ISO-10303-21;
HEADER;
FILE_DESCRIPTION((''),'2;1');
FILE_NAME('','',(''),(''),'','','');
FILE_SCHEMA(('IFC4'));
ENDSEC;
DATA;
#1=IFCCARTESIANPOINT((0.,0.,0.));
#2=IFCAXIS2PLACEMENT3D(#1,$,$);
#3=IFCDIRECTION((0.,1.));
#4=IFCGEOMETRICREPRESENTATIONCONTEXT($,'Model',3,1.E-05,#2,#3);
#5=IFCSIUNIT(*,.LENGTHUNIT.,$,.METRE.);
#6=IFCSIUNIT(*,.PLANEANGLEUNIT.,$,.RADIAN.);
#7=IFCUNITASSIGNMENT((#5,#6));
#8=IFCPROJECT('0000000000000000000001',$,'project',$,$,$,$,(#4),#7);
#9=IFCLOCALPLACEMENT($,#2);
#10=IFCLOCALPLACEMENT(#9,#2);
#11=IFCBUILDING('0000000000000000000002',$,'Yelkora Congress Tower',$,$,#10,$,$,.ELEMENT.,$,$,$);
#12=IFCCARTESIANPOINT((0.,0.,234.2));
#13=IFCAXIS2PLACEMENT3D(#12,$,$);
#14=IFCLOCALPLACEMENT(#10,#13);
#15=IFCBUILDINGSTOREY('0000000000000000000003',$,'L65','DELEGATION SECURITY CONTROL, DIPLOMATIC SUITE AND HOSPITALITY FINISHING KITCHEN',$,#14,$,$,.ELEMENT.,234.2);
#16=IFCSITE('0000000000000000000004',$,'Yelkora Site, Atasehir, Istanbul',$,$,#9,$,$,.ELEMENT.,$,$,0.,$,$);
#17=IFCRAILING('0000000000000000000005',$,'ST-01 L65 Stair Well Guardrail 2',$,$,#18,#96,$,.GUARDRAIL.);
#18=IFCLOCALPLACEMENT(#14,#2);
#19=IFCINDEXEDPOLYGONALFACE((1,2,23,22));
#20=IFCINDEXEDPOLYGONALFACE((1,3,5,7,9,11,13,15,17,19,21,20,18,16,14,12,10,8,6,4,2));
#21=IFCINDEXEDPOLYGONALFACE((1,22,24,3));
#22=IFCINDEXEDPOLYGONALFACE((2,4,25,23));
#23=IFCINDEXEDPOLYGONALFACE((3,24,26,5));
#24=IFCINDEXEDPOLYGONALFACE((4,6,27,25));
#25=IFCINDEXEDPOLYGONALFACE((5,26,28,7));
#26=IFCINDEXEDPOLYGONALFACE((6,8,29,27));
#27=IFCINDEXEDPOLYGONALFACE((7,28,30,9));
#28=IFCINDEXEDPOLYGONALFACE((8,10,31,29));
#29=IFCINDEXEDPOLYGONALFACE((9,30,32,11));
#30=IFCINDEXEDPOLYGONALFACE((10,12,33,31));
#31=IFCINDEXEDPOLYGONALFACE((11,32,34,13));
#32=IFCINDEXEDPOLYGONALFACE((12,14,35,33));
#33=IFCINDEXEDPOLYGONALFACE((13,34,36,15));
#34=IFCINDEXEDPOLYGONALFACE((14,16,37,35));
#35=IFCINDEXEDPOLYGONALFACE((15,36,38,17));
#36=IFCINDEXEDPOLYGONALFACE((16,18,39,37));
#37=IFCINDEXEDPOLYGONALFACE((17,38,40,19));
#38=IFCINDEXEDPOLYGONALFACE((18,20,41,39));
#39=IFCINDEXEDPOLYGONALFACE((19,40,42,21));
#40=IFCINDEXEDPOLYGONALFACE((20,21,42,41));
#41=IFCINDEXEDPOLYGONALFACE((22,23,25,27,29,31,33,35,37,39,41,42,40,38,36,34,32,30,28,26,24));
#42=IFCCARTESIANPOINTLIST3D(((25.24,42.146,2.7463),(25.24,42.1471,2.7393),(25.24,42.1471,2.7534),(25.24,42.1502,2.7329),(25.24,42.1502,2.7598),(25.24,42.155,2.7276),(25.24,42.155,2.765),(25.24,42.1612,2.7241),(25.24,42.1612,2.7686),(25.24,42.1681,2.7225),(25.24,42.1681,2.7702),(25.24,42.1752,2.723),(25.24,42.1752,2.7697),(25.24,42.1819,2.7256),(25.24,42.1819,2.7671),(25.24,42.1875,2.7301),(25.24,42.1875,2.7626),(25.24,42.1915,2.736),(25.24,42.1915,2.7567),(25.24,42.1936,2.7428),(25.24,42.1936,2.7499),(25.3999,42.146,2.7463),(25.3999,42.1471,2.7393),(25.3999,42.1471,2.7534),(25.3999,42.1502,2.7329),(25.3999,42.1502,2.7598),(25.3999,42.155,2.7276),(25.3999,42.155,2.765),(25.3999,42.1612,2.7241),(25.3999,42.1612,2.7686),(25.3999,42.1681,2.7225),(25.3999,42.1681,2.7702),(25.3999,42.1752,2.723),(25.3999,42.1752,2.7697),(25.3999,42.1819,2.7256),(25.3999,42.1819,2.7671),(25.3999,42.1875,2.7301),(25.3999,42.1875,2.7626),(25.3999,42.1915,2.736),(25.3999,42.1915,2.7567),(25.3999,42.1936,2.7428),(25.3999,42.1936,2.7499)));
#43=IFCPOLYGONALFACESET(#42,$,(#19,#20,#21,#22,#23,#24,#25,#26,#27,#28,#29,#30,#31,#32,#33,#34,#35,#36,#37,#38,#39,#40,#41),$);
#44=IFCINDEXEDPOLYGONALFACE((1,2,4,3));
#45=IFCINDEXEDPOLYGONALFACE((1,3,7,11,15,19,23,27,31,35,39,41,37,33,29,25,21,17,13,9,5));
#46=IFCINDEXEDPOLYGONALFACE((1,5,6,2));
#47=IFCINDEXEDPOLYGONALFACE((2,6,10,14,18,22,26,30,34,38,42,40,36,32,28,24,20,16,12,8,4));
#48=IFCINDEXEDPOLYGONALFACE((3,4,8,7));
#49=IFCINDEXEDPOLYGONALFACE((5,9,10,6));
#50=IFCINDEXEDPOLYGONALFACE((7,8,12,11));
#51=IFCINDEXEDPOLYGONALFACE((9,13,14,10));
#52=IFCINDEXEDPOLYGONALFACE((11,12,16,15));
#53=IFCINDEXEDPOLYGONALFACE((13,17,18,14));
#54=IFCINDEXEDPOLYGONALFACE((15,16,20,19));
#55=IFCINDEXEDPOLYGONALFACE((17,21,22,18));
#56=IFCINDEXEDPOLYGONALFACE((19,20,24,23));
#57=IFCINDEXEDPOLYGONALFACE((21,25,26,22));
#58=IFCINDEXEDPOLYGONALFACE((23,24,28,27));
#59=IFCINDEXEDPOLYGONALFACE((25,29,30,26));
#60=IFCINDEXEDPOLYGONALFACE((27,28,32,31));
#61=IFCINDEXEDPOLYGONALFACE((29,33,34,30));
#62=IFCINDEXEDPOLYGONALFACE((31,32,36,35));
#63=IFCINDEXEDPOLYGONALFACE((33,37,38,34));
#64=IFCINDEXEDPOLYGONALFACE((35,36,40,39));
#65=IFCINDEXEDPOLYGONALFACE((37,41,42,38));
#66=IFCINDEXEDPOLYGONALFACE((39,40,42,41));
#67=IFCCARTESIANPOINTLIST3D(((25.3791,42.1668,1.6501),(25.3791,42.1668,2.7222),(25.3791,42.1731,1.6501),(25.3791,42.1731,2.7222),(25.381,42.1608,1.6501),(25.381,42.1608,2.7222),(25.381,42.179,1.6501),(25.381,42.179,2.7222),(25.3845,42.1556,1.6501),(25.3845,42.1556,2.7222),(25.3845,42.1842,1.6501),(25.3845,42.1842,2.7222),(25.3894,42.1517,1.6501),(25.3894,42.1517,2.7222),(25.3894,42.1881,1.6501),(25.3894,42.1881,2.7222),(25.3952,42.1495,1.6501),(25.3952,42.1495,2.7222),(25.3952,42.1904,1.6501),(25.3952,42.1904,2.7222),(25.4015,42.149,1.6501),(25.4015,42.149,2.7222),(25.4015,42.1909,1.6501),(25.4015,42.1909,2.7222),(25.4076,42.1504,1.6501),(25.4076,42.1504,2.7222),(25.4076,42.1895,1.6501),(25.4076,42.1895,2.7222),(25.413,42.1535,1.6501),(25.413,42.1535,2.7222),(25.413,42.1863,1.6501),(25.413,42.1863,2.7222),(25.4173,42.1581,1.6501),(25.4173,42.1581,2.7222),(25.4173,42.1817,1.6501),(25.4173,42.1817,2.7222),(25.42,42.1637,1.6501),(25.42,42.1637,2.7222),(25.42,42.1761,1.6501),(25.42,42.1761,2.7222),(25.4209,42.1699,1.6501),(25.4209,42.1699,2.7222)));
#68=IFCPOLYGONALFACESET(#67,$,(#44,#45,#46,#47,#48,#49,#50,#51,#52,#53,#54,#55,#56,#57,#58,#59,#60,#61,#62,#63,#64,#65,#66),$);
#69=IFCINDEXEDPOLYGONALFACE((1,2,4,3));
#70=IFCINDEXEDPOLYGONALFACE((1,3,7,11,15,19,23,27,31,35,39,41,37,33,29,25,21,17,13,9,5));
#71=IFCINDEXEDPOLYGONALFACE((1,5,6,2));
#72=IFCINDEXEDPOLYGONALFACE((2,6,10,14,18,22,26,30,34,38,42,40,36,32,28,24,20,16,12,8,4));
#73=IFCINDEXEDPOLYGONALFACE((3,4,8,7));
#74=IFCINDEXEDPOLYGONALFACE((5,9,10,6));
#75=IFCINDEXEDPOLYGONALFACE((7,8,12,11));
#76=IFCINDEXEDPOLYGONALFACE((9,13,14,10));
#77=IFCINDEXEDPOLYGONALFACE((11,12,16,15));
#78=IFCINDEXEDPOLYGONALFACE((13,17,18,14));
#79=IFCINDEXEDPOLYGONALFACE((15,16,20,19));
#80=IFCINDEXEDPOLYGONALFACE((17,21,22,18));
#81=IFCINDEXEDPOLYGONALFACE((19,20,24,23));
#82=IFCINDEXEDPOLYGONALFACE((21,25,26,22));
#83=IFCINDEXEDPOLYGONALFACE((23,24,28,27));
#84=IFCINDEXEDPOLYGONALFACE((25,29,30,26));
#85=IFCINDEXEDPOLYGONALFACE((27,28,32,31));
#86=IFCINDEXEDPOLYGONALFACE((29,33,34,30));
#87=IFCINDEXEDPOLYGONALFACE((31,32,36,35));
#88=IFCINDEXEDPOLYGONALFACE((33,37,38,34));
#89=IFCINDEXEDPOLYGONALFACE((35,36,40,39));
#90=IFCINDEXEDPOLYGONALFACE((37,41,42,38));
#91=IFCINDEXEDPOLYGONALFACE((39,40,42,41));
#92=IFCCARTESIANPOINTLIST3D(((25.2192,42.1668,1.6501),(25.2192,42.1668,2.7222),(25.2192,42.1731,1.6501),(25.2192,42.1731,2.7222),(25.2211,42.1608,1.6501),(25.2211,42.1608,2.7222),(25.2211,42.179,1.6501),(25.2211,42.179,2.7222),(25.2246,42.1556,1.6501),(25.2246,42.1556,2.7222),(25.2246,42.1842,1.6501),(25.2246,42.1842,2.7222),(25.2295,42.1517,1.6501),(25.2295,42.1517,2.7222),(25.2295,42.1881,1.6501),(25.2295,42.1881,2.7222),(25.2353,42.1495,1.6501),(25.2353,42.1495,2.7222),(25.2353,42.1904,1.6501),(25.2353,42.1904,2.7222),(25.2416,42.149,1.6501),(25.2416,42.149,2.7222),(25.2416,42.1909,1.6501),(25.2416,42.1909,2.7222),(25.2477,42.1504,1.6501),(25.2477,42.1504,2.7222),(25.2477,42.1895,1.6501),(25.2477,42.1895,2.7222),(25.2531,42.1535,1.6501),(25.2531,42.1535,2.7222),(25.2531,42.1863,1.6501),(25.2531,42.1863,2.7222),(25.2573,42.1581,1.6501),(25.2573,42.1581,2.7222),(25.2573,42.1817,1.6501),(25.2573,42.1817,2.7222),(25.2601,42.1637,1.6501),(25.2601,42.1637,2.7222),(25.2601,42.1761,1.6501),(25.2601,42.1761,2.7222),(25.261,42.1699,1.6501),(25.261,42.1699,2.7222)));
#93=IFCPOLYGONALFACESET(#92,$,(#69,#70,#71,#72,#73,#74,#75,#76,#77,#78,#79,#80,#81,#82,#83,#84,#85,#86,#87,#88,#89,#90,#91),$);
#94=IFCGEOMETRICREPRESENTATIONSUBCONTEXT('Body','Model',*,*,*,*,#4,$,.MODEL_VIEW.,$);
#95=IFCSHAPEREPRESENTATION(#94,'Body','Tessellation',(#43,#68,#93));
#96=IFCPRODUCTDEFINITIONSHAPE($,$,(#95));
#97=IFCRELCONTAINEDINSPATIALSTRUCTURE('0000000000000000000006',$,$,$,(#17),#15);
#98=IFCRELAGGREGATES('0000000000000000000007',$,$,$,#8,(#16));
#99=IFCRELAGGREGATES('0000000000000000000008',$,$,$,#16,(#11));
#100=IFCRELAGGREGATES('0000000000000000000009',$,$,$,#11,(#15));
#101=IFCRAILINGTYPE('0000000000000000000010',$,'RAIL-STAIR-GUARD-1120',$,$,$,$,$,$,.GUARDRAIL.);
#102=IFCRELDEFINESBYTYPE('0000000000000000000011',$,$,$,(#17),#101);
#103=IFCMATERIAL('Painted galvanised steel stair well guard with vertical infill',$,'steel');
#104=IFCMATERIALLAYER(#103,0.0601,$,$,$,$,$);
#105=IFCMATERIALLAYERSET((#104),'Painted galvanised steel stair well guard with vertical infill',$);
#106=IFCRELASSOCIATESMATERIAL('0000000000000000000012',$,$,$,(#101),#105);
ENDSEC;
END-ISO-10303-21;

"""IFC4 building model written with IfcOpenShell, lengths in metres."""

from ifc_helpers import new_model, si_unit, direction, frame, origin, origin_2d, place, context, subcontext, project, spatial, circle, extrude, material, layer, layer_set, type_object, element, save


model = new_model("IFC4")

# Units and contexts
model_context = context("Model", 3, precision=1e-05, world=origin(), true_north=direction((0.0, 1.0)))
body_context = subcontext(model_context, "Body", "Model", "MODEL_VIEW")
ifc_project = project(units=[si_unit("LENGTHUNIT", "METRE"), si_unit("PLANEANGLEUNIT", "RADIAN")], contexts=[model_context])

# Site, building, storey
site_placement = place(None, origin())
site = spatial("IfcSite", under=ifc_project, at=site_placement, Name="Yelkora Site, Atasehir, Istanbul", CompositionType="ELEMENT", RefElevation=0.0)
building_placement = place(site_placement, origin())
building = spatial("IfcBuilding", under=site, at=building_placement, Name="Yelkora Congress Tower", CompositionType="ELEMENT")
storey_placement = place(building_placement, frame((0.0, 0.0, 234.2)))
storey = spatial("IfcBuildingStorey", under=building, at=storey_placement, Name="L65", Description="DELEGATION SECURITY CONTROL, DIPLOMATIC SUITE AND HOSPITALITY FINISHING KITCHEN", CompositionType="ELEMENT", Elevation=234.2)

# Railing
ifc_material_1 = material(Name="Painted galvanised steel stair well guard with vertical infill", Category="steel")
ifc_layer_1 = layer(ifc_material_1, 0.0601)
ifc_layer_set_1 = layer_set([ifc_layer_1], Name="Painted galvanised steel stair well guard with vertical infill")
railing_type_1 = type_object("IfcRailingType", Name="RAIL-STAIR-GUARD-1120", PredefinedType="GUARDRAIL", material=ifc_layer_set_1)
railing_1_placement = place(storey_placement, frame((25.3999, 42.1699, 1.6501)))
element("IfcRailing", 1, at=railing_1_placement, inside=storey, type_object=railing_type_1, Name="ST-01 L65 Stair Well Guardrail 2", PredefinedType="GUARDRAIL", context=body_context, shape_type="SweptSolid", body=[
    extrude(circle(Radius=0.0239, at=origin_2d()), frame((0.0, 0.0, 1.0962), z_axis=(-1.0, 0.0, 0.0), x_axis=(0.0, -1.0, 0.0)), (0.0, 0.0, 1.0), 0.1599),
    extrude(circle(Radius=0.021, at=origin_2d()), origin(), (0.0, 0.0, 1.0), 1.072),
    extrude(circle(Radius=0.021, at=origin_2d()), frame((-0.1599, 0.0, 0.0)), (0.0, 0.0, 1.0), 1.072),
])

save(model, "model.ifc")
